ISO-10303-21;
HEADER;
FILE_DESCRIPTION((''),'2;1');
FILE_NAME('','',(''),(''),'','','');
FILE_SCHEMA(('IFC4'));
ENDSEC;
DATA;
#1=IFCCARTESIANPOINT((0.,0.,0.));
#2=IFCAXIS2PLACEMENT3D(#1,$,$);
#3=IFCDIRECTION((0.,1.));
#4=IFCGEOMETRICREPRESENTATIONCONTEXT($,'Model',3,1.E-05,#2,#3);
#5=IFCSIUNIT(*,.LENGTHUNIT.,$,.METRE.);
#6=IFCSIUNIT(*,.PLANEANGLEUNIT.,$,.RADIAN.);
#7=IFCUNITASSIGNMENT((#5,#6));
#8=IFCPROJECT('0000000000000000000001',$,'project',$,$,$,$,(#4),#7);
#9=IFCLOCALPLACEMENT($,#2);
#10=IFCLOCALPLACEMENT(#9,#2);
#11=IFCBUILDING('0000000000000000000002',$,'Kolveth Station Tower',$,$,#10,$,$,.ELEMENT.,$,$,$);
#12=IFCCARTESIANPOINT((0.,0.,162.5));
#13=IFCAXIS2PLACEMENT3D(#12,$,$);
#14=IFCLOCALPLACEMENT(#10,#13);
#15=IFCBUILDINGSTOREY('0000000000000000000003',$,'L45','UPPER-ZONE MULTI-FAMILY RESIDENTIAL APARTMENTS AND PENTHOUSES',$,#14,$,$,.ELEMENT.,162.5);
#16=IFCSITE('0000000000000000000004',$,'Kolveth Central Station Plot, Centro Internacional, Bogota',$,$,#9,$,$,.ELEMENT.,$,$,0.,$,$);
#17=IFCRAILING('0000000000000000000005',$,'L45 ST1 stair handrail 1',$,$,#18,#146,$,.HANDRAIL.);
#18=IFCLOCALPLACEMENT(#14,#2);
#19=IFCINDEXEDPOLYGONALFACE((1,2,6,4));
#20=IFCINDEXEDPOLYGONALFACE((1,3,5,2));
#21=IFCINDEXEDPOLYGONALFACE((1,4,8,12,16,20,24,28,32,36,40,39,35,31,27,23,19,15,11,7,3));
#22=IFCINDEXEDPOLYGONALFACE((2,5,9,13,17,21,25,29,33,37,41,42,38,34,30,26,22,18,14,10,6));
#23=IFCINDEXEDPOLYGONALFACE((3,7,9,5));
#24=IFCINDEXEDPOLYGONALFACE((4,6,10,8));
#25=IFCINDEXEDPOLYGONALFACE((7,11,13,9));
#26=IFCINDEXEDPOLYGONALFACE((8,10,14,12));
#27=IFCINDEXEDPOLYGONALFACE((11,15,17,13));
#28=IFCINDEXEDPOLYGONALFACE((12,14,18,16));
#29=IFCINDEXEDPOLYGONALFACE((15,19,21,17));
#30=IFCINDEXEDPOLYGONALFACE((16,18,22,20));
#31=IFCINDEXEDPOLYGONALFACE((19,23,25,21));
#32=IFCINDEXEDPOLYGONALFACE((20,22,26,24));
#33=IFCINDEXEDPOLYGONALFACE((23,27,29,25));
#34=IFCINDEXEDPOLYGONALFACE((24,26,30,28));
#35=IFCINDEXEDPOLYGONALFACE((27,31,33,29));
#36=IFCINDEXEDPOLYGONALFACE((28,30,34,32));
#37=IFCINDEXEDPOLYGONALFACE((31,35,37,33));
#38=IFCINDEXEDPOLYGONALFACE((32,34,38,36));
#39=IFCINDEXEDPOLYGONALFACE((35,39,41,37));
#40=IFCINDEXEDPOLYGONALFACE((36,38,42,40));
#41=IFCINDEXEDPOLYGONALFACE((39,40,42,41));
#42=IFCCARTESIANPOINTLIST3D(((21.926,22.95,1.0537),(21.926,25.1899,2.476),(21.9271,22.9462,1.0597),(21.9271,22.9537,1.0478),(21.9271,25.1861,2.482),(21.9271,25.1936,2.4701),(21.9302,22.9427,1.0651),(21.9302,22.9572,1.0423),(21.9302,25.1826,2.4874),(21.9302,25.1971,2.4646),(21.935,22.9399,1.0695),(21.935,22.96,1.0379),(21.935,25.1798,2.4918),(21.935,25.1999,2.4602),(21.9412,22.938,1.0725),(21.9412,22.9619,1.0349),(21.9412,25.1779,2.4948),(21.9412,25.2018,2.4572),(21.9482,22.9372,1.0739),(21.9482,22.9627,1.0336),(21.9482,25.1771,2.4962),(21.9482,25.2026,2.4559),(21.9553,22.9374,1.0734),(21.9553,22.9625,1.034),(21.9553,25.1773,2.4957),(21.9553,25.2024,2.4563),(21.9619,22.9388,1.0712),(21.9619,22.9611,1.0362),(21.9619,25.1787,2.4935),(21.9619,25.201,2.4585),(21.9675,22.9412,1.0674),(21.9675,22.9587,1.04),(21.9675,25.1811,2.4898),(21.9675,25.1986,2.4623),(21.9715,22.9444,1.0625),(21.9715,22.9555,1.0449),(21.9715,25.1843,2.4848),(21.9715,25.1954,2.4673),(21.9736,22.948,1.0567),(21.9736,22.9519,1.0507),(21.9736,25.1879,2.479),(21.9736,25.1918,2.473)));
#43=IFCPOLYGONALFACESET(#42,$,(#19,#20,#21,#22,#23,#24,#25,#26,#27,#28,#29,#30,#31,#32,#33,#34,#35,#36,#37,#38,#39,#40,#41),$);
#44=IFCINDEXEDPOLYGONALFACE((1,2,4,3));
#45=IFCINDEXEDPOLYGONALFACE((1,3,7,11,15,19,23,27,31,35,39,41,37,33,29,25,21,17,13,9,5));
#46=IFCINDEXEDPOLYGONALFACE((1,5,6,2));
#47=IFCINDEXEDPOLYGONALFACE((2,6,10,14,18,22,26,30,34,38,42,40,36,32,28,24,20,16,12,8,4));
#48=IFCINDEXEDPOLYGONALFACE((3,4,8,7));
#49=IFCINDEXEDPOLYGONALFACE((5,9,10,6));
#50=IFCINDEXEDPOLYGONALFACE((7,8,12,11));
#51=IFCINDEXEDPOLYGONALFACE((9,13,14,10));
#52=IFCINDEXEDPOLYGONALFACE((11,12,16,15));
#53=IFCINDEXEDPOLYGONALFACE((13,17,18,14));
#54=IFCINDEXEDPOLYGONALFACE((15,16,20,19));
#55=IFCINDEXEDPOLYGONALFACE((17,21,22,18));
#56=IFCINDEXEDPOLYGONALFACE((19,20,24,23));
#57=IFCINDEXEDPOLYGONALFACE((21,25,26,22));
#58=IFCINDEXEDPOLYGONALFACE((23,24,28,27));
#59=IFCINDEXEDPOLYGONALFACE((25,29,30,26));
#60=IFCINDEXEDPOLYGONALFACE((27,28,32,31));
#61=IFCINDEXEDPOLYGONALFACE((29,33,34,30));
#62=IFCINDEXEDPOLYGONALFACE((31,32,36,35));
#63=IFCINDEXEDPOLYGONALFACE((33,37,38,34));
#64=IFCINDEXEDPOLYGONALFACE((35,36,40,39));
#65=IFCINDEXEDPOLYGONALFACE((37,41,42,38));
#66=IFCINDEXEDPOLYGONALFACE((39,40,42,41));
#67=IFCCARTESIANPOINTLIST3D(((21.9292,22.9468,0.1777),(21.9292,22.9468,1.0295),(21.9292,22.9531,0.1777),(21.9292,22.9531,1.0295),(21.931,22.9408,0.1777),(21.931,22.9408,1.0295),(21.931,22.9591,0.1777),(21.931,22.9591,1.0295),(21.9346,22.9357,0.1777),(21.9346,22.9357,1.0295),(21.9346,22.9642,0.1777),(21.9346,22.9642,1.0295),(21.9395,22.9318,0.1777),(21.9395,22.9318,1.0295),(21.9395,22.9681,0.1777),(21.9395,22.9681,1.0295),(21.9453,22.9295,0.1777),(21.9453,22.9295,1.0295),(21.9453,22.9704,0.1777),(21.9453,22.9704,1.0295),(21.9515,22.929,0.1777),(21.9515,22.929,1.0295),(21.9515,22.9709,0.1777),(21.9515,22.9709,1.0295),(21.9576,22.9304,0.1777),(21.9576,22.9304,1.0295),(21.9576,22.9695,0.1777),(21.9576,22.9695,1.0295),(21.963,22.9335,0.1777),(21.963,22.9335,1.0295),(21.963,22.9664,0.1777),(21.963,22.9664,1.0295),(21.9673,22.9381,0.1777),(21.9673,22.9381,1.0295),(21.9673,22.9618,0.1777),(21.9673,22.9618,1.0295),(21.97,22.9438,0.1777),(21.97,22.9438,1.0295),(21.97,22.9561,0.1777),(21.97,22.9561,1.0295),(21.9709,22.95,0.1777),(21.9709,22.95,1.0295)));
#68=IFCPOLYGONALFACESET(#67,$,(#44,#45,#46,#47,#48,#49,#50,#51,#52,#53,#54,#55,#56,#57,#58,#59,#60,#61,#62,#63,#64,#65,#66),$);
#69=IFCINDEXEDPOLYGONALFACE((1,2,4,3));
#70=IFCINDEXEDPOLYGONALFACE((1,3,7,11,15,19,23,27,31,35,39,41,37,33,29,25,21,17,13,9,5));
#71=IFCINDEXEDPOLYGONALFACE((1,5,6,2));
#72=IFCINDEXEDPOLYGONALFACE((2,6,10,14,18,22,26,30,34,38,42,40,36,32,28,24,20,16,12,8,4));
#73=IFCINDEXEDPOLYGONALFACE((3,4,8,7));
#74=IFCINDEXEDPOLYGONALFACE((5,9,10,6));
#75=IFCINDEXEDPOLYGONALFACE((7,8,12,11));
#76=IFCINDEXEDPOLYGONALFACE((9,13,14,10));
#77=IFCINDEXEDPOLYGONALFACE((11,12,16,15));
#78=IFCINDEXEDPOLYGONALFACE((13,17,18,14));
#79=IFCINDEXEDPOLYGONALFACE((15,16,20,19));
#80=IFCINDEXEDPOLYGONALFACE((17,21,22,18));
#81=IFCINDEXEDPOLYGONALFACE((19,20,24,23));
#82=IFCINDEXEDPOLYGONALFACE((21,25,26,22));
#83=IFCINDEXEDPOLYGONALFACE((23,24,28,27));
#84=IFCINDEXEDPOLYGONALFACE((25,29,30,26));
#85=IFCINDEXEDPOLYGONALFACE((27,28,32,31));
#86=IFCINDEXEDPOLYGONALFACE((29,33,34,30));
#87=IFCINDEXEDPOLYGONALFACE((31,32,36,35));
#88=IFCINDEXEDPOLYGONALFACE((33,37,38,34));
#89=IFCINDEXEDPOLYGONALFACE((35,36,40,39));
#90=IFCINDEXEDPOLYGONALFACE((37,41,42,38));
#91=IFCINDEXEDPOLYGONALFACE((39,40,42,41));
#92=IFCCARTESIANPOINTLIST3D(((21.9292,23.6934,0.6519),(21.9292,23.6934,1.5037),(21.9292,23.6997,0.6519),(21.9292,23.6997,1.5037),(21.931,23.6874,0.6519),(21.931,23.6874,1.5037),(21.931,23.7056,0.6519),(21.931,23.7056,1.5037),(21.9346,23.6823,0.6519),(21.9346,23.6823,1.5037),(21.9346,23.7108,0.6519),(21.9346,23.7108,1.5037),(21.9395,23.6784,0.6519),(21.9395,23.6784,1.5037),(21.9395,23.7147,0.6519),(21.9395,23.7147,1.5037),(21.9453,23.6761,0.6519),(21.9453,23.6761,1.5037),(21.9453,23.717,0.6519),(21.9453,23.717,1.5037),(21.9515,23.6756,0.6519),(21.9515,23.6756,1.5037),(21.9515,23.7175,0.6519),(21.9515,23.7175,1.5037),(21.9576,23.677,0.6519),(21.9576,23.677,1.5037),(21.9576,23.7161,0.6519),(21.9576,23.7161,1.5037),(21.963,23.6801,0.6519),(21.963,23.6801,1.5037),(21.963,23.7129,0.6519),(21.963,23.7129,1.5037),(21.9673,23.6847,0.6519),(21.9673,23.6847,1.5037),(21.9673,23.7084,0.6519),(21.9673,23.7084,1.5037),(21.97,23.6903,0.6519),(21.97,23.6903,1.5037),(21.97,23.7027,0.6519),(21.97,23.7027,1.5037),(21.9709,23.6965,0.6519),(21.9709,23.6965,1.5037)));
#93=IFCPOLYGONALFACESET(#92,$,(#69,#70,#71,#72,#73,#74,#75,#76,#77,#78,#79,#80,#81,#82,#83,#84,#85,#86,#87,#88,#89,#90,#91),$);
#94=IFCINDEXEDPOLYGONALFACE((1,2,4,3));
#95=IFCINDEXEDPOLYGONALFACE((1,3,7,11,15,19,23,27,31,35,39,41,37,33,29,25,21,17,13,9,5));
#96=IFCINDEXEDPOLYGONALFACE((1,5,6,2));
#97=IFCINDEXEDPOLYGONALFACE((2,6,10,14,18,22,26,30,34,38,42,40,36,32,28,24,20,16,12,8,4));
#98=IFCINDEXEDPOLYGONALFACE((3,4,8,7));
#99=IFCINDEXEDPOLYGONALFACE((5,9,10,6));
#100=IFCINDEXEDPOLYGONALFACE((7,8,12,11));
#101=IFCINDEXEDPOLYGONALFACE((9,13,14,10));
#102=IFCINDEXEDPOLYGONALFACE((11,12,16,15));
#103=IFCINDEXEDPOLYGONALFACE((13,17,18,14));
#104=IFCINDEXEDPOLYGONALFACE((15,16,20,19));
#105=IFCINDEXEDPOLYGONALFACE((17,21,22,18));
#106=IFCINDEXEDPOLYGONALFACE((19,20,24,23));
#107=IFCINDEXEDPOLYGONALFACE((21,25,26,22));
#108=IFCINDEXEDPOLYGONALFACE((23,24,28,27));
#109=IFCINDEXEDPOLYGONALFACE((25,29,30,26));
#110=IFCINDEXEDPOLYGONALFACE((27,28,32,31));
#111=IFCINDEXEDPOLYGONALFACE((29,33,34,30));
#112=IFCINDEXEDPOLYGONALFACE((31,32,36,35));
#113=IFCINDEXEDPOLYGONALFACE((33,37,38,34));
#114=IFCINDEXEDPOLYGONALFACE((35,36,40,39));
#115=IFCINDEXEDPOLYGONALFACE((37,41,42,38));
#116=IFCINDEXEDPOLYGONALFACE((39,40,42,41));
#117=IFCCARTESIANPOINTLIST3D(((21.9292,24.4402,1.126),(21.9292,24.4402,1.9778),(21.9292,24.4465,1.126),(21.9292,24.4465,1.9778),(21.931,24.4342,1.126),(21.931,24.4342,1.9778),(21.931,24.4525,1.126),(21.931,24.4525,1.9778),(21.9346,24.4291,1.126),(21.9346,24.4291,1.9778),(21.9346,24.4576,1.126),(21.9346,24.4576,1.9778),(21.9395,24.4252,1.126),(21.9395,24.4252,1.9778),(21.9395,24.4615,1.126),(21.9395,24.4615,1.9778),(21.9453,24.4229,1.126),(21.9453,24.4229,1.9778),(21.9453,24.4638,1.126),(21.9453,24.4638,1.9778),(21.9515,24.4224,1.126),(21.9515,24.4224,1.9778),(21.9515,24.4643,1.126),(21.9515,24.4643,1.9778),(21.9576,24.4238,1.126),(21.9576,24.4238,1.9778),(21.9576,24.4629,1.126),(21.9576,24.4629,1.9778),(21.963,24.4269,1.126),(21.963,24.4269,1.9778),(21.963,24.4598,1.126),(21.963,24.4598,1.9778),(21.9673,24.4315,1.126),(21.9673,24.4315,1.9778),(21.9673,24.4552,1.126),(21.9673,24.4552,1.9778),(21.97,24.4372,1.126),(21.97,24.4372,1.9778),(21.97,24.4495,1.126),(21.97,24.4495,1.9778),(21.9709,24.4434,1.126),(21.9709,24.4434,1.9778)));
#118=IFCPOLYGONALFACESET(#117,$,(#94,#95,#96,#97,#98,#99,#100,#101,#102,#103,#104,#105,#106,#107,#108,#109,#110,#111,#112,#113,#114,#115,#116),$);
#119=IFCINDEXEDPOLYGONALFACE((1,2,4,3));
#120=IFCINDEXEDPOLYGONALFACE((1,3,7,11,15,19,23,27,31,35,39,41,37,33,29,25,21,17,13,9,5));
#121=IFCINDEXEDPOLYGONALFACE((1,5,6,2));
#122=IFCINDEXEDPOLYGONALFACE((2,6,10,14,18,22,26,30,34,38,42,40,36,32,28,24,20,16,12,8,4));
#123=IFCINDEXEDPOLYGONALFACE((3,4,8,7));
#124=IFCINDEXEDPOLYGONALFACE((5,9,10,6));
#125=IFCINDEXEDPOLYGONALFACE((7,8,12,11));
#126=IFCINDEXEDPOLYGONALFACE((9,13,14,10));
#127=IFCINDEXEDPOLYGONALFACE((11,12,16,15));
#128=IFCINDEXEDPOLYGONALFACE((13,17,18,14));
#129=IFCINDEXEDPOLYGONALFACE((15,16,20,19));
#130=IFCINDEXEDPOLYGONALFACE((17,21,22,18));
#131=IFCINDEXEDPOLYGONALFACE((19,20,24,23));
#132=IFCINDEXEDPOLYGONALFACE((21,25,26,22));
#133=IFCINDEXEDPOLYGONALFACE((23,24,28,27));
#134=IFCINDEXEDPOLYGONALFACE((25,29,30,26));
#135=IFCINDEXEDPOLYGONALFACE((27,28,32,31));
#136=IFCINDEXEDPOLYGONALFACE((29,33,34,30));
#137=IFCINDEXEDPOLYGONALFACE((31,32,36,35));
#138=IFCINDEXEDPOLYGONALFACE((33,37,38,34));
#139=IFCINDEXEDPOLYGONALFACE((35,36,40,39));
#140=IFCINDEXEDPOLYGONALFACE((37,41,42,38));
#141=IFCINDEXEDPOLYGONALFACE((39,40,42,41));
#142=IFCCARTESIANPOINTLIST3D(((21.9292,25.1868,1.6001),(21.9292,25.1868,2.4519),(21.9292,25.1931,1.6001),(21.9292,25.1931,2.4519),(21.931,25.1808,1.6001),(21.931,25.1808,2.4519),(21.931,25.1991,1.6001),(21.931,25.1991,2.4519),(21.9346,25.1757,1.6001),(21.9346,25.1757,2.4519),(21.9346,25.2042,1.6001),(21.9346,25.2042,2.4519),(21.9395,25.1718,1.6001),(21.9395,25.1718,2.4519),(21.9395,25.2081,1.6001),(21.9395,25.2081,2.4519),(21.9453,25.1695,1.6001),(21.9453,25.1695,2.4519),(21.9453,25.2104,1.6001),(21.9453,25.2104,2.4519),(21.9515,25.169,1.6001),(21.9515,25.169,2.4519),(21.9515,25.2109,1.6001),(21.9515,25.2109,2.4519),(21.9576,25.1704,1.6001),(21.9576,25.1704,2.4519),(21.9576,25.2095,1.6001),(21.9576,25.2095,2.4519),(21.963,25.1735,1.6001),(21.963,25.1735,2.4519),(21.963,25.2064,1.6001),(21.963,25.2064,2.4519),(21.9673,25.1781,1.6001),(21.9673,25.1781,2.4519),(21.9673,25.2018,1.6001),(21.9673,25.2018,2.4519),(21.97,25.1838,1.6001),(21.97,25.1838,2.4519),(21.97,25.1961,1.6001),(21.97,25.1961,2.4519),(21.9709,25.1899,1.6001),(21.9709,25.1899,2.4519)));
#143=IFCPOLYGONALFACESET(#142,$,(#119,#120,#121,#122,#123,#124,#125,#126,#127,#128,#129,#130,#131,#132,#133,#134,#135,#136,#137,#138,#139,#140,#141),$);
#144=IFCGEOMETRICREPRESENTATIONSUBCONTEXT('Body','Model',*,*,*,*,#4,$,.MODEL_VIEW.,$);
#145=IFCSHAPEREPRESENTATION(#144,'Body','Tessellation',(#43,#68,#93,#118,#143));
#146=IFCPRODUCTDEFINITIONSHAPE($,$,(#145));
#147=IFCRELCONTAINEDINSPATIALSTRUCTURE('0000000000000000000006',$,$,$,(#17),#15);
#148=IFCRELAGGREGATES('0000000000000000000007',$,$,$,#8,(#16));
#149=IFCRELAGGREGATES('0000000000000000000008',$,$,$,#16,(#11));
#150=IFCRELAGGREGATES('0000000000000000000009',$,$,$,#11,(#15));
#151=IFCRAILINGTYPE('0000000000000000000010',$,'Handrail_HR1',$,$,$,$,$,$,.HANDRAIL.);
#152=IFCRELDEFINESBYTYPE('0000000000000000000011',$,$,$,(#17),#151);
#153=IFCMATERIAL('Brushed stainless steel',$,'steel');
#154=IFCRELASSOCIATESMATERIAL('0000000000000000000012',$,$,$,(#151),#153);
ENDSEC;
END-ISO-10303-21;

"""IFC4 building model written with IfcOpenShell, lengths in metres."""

from ifc_helpers import new_model, si_unit, direction, frame, origin, origin_2d, place, context, subcontext, project, spatial, circle, extrude, material, type_object, element, save


model = new_model("IFC4")

# Units and contexts
model_context = context("Model", 3, precision=1e-05, world=origin(), true_north=direction((0.0, 1.0)))
body_context = subcontext(model_context, "Body", "Model", "MODEL_VIEW")
ifc_project = project(units=[si_unit("LENGTHUNIT", "METRE"), si_unit("PLANEANGLEUNIT", "RADIAN")], contexts=[model_context])

# Site, building, storey
site_placement = place(None, origin())
site = spatial("IfcSite", under=ifc_project, at=site_placement, Name="Kolveth Central Station Plot, Centro Internacional, Bogota", CompositionType="ELEMENT", RefElevation=0.0)
building_placement = place(site_placement, origin())
building = spatial("IfcBuilding", under=site, at=building_placement, Name="Kolveth Station Tower", CompositionType="ELEMENT")
storey_placement = place(building_placement, frame((0.0, 0.0, 162.5)))
storey = spatial("IfcBuildingStorey", under=building, at=storey_placement, Name="L45", Description="UPPER-ZONE MULTI-FAMILY RESIDENTIAL APARTMENTS AND PENTHOUSES", CompositionType="ELEMENT", Elevation=162.5)

# Railing
ifc_material_1 = material(Name="Brushed stainless steel", Category="steel")
railing_type_1 = type_object("IfcRailingType", Name="Handrail_HR1", PredefinedType="HANDRAIL", material=ifc_material_1)
for number, where, name in (
    (1, (21.95, 22.95, 0.1777), "L45 ST1 stair handrail 1"),
):
    element("IfcRailing", number, at=place(storey_placement, frame(where)), inside=storey, type_object=railing_type_1, Name=name, PredefinedType="HANDRAIL", context=body_context, shape_type="SweptSolid", body=[
        extrude(circle(Radius=0.0239, at=origin_2d()), frame((0.0, 0.0, 0.876), z_axis=(0.0, 0.844188, 0.536048), x_axis=(-1.0, 0.0, 0.0)), (0.0, 0.0, 1.0), 2.6533),
        extrude(circle(Radius=0.021, at=origin_2d()), origin(), (0.0, 0.0, 1.0), 0.8518),
        extrude(circle(Radius=0.021, at=origin_2d()), frame((0.0, 0.7466, 0.4741)), (0.0, 0.0, 1.0), 0.8518),
        extrude(circle(Radius=0.021, at=origin_2d()), frame((0.0, 1.4934, 0.9482)), (0.0, 0.0, 1.0), 0.8518),
        extrude(circle(Radius=0.021, at=origin_2d()), frame((0.0, 2.24, 1.4224)), (0.0, 0.0, 1.0), 0.8518),
    ])

save(model, "model.ifc")
